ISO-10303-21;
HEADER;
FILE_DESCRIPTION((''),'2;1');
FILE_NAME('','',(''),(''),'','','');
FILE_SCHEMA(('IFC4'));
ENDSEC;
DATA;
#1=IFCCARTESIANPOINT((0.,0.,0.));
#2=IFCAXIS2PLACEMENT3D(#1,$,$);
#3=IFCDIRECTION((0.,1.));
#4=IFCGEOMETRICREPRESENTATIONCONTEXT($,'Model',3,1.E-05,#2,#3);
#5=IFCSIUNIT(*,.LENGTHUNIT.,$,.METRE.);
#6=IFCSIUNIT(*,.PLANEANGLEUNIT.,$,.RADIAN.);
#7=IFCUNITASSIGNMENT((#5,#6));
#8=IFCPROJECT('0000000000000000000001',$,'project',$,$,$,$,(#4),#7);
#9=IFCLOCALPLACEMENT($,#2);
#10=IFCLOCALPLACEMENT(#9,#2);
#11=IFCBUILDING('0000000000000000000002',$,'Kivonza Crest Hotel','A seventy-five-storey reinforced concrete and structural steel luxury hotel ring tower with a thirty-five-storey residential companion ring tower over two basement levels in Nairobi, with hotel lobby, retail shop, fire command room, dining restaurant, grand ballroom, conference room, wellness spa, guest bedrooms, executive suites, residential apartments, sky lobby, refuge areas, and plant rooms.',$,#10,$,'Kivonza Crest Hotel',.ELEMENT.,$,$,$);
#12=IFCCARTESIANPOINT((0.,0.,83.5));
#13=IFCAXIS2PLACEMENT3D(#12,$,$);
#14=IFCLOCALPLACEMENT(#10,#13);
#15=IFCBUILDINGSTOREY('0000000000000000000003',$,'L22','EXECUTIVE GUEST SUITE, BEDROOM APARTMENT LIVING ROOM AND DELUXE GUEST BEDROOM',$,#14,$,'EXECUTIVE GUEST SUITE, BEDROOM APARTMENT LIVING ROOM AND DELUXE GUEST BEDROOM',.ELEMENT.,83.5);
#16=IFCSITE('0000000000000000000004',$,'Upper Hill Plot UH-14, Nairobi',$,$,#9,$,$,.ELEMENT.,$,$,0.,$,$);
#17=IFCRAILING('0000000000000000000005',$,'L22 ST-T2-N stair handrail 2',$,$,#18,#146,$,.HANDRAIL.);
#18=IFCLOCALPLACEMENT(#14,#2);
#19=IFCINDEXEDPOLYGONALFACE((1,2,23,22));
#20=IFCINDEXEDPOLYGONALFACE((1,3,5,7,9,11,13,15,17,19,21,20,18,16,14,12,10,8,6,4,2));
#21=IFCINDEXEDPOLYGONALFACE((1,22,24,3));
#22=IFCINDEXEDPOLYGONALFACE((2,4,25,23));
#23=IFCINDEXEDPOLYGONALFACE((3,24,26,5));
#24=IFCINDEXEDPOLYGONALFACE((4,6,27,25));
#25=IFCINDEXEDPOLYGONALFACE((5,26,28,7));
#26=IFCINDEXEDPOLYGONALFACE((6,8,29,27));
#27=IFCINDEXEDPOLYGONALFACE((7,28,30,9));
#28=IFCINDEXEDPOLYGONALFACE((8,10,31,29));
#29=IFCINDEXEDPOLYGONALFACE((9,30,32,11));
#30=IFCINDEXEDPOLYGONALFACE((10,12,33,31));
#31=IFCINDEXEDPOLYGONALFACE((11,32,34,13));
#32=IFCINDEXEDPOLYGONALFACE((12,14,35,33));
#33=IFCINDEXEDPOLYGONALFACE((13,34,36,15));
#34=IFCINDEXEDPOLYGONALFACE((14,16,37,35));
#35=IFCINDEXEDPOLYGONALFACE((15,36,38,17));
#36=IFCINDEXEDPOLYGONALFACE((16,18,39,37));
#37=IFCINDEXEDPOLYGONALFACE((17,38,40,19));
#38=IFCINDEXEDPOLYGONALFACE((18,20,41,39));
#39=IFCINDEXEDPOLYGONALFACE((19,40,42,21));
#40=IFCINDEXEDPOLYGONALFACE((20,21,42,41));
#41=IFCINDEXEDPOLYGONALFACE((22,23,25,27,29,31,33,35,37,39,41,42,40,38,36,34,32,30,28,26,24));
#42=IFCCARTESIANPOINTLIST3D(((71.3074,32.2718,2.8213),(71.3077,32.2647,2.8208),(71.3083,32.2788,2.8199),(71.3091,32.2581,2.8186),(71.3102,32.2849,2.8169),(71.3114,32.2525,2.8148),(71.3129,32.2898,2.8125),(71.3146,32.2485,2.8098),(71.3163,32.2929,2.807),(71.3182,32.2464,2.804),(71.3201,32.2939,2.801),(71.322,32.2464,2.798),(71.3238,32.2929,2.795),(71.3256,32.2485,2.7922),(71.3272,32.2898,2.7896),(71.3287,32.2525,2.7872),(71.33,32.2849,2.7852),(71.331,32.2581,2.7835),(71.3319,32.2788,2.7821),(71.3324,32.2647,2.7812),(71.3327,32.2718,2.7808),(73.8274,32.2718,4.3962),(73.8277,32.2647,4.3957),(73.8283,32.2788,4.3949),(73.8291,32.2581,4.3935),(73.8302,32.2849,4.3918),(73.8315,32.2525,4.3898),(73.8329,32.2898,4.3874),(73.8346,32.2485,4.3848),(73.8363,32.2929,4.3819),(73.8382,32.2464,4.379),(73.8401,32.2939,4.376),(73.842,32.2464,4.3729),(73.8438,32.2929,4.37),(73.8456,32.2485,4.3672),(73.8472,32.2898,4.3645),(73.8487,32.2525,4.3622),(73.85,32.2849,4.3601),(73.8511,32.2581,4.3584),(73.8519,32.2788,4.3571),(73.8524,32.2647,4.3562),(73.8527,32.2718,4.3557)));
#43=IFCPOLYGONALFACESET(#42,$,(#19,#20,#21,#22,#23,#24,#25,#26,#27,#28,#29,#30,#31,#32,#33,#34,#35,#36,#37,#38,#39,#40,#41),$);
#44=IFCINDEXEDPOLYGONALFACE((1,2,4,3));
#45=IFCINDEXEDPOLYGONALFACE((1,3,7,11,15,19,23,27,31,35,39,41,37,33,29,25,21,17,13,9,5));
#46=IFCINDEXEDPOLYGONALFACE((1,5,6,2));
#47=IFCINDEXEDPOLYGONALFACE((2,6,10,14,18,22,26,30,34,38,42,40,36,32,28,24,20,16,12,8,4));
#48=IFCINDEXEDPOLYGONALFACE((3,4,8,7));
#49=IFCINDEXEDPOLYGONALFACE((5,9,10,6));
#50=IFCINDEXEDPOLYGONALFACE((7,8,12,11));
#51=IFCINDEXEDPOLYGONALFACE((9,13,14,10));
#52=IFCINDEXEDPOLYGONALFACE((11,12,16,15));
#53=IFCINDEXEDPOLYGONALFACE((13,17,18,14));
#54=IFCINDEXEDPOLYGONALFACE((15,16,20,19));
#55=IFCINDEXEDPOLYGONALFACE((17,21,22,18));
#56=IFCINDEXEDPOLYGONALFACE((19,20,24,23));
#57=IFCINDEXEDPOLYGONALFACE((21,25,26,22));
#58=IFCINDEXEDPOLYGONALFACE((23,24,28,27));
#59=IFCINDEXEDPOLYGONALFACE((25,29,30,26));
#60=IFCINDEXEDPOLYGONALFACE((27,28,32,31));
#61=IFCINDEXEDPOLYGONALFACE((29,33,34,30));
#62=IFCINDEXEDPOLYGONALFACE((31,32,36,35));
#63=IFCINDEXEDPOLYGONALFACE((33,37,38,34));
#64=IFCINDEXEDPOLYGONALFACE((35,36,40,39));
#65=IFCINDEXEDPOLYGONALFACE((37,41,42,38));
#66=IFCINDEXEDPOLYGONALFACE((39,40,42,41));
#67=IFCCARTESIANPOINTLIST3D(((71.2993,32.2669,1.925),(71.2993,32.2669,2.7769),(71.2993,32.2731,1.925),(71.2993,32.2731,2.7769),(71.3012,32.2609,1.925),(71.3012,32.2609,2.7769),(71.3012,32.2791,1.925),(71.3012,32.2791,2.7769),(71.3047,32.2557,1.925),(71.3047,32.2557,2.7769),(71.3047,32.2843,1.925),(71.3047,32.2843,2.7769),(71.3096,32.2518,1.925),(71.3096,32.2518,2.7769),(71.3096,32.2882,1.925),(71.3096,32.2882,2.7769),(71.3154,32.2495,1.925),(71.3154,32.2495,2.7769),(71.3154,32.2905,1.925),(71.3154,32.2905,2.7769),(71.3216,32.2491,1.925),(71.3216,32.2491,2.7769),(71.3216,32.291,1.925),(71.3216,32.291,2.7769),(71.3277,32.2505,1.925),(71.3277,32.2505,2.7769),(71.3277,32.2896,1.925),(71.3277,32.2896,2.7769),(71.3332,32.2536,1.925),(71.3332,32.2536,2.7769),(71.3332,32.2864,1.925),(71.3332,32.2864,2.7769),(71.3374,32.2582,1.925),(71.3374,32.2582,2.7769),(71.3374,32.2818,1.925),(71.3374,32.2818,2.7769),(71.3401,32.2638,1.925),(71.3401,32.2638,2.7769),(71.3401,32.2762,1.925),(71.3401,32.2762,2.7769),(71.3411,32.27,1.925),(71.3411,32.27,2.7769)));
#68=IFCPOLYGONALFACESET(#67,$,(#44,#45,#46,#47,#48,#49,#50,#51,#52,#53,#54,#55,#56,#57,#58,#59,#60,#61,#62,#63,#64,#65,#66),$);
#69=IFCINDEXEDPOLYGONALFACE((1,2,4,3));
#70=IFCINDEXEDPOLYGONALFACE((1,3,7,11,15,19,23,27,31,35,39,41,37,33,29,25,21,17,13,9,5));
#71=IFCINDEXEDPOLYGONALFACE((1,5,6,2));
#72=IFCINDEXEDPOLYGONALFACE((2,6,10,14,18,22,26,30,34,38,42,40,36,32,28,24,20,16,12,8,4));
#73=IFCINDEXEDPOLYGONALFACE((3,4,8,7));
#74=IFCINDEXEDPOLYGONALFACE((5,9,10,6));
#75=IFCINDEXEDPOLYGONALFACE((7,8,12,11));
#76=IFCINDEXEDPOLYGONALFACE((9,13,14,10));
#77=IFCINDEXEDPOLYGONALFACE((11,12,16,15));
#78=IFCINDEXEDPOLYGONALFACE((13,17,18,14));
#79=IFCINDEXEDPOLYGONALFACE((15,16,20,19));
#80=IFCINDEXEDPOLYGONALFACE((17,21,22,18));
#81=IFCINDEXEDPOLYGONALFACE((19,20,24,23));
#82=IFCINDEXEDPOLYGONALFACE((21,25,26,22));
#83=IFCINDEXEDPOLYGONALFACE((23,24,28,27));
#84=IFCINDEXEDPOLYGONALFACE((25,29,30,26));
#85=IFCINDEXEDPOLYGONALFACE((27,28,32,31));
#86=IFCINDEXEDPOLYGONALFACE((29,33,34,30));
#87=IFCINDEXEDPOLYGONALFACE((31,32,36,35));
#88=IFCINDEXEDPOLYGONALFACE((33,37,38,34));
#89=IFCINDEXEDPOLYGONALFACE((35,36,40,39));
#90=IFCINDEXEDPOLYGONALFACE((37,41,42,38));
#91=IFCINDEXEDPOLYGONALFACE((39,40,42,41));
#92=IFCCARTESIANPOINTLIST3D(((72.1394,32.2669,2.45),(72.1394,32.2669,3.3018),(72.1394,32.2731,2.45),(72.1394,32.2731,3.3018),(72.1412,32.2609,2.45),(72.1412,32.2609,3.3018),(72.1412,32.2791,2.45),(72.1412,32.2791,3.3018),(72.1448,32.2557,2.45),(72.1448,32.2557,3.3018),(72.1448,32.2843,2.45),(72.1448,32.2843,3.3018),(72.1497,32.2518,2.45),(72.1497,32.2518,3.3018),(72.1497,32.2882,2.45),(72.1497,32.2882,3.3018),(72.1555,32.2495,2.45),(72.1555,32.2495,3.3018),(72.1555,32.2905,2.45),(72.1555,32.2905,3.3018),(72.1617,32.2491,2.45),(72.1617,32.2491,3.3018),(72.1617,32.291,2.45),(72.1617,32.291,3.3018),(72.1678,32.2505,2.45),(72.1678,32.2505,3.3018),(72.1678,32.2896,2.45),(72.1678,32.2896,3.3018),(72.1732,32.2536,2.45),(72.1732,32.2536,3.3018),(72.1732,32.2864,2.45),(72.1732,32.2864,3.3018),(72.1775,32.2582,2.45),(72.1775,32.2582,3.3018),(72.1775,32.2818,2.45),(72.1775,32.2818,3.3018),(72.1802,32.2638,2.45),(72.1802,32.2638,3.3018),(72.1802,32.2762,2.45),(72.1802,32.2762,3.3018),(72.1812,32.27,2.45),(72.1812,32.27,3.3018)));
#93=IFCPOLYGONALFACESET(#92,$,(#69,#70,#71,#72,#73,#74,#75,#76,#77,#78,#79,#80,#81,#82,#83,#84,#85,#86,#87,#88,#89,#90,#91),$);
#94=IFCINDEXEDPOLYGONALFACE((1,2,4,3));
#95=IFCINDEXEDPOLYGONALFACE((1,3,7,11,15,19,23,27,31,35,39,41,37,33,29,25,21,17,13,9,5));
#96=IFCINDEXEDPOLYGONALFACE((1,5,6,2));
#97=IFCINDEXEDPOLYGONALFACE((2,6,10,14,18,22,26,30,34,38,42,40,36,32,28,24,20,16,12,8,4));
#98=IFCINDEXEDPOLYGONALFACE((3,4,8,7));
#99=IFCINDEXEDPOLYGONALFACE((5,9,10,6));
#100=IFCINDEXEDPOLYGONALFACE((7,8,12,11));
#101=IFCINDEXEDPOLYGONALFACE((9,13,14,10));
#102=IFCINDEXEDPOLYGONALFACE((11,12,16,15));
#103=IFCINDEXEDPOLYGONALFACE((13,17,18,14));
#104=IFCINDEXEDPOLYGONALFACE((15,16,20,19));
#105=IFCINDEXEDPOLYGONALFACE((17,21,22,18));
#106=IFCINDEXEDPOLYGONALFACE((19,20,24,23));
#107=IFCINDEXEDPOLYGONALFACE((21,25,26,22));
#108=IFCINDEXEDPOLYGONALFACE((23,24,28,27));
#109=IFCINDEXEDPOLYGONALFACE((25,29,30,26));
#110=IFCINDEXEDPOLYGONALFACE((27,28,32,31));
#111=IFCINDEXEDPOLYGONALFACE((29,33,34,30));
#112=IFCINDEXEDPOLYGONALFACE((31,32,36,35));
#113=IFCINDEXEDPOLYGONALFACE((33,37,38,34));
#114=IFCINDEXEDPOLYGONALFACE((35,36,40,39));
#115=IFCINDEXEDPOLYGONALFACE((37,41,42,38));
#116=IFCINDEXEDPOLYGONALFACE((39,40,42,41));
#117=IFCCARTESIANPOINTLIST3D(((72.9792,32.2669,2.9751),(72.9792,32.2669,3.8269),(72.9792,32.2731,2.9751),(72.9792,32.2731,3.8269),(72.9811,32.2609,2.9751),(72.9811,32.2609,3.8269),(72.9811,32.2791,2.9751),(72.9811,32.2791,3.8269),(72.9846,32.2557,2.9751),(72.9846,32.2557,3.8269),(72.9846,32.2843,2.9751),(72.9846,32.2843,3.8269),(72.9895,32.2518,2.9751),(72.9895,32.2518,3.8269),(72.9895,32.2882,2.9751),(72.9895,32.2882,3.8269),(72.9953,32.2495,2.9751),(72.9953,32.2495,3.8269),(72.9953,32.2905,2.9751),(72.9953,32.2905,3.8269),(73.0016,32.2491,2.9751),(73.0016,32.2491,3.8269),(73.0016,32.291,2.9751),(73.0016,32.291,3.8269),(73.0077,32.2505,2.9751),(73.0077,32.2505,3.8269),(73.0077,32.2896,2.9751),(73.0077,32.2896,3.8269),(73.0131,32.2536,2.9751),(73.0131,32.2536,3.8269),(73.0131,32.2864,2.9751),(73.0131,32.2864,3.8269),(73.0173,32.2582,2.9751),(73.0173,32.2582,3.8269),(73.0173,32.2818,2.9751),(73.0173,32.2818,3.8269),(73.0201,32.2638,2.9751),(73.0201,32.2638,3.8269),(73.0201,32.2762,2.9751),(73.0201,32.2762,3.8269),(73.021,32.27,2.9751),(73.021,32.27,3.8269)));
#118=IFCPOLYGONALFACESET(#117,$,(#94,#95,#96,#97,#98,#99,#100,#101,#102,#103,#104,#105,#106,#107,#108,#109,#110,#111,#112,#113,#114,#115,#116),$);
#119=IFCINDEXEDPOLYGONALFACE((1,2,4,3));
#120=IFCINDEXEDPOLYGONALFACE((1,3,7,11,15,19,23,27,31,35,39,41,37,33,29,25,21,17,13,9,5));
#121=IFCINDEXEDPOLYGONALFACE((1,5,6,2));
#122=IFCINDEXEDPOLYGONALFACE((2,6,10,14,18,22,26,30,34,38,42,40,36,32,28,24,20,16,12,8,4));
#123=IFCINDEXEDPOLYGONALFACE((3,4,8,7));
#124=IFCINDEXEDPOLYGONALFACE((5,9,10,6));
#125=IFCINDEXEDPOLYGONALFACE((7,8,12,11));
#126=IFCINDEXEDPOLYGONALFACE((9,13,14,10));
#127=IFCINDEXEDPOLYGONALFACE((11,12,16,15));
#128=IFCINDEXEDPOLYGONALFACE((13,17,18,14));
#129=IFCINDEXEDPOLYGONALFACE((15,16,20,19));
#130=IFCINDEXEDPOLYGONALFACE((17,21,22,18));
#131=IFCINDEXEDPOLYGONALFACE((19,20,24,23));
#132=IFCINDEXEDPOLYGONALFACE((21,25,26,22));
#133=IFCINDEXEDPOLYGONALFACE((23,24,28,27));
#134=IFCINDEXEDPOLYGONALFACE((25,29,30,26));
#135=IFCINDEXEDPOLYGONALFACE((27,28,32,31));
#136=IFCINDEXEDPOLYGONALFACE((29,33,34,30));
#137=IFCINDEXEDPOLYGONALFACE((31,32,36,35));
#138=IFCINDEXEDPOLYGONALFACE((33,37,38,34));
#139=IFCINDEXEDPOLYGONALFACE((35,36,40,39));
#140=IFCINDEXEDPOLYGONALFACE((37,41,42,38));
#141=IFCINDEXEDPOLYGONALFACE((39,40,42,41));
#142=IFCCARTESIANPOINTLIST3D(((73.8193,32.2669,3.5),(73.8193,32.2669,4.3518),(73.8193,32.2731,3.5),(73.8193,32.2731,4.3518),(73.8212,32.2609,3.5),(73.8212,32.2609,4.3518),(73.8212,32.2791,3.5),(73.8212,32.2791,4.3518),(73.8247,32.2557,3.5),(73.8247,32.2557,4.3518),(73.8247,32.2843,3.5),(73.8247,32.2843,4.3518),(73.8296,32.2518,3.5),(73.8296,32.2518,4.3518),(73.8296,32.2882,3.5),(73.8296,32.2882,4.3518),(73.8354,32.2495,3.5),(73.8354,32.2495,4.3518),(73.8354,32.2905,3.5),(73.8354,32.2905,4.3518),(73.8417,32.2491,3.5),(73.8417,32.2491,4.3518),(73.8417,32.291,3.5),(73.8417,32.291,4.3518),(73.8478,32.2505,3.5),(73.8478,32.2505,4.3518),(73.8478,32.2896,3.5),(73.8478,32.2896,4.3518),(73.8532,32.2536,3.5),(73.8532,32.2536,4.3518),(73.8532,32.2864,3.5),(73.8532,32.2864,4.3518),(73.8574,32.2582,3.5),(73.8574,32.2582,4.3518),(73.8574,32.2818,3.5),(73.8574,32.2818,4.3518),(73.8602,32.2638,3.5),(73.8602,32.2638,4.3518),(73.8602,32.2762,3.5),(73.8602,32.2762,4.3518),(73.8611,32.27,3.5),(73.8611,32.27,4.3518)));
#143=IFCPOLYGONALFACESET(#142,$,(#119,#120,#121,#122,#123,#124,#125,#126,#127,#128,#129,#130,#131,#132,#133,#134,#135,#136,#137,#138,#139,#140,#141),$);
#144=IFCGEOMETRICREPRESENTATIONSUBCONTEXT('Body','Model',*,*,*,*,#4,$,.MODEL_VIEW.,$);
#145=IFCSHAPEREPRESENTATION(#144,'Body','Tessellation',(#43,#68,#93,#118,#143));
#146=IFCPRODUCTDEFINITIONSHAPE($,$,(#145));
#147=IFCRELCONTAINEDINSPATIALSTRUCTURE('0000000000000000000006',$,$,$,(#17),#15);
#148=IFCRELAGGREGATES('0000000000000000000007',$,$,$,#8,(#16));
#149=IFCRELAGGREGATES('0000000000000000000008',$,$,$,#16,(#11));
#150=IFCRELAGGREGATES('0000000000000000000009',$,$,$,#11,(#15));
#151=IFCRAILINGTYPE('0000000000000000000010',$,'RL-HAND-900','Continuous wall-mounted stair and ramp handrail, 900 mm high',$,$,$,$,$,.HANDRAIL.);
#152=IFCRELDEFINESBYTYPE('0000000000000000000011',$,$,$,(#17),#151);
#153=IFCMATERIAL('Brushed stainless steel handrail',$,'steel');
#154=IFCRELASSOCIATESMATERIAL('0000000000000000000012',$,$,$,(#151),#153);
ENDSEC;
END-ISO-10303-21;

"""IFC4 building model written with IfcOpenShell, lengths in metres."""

from ifc_helpers import new_model, si_unit, direction, frame, origin, origin_2d, place, context, subcontext, project, spatial, circle, extrude, material, type_object, element, save


model = new_model("IFC4")

# Units and contexts
model_context = context("Model", 3, precision=1e-05, world=origin(), true_north=direction((0.0, 1.0)))
body_context = subcontext(model_context, "Body", "Model", "MODEL_VIEW")
ifc_project = project(units=[si_unit("LENGTHUNIT", "METRE"), si_unit("PLANEANGLEUNIT", "RADIAN")], contexts=[model_context])

# Site, building, storey
site_placement = place(None, origin())
site = spatial("IfcSite", under=ifc_project, at=site_placement, Name="Upper Hill Plot UH-14, Nairobi", CompositionType="ELEMENT", RefElevation=0.0)
building_placement = place(site_placement, origin())
building = spatial("IfcBuilding", under=site, at=building_placement, Name="Kivonza Crest Hotel", Description="A seventy-five-storey reinforced concrete and structural steel luxury hotel ring tower with a thirty-five-storey residential companion ring tower over two basement levels in Nairobi, with hotel lobby, retail shop, fire command room, dining restaurant, grand ballroom, conference room, wellness spa, guest bedrooms, executive suites, residential apartments, sky lobby, refuge areas, and plant rooms.", LongName="Kivonza Crest Hotel", CompositionType="ELEMENT")
storey_placement = place(building_placement, frame((0.0, 0.0, 83.5)))
storey = spatial("IfcBuildingStorey", under=building, at=storey_placement, Name="L22", Description="EXECUTIVE GUEST SUITE, BEDROOM APARTMENT LIVING ROOM AND DELUXE GUEST BEDROOM", LongName="EXECUTIVE GUEST SUITE, BEDROOM APARTMENT LIVING ROOM AND DELUXE GUEST BEDROOM", CompositionType="ELEMENT", Elevation=83.5)

# Railing
ifc_material_1 = material(Name="Brushed stainless steel handrail", Category="steel")
railing_type_1 = type_object("IfcRailingType", Name="RL-HAND-900", Description="Continuous wall-mounted stair and ramp handrail, 900 mm high", PredefinedType="HANDRAIL", material=ifc_material_1)
railing_1_placement = place(storey_placement, frame((71.3201, 32.27, 1.925)))
element("IfcRailing", 1, at=railing_1_placement, inside=storey, type_object=railing_type_1, Name="L22 ST-T2-N stair handrail 2", PredefinedType="HANDRAIL", context=body_context, shape_type="SweptSolid", body=[
    extrude(circle(Radius=0.0239, at=origin_2d()), frame((0.0, 0.0, 0.876), z_axis=(0.848008, 0.0, 0.529984), x_axis=(0.0, 1.0, 0.0)), (0.0, 0.0, 1.0), 2.9717),
    extrude(circle(Radius=0.021, at=origin_2d()), origin(), (0.0, 0.0, 1.0), 0.8518),
    extrude(circle(Radius=0.021, at=origin_2d()), frame((0.8401, 0.0, 0.5249)), (0.0, 0.0, 1.0), 0.8518),
    extrude(circle(Radius=0.021, at=origin_2d()), frame((1.6799, 0.0, 1.05)), (0.0, 0.0, 1.0), 0.8518),
    extrude(circle(Radius=0.021, at=origin_2d()), frame((2.52, 0.0, 1.575)), (0.0, 0.0, 1.0), 0.8518),
])

save(model, "model.ifc")
